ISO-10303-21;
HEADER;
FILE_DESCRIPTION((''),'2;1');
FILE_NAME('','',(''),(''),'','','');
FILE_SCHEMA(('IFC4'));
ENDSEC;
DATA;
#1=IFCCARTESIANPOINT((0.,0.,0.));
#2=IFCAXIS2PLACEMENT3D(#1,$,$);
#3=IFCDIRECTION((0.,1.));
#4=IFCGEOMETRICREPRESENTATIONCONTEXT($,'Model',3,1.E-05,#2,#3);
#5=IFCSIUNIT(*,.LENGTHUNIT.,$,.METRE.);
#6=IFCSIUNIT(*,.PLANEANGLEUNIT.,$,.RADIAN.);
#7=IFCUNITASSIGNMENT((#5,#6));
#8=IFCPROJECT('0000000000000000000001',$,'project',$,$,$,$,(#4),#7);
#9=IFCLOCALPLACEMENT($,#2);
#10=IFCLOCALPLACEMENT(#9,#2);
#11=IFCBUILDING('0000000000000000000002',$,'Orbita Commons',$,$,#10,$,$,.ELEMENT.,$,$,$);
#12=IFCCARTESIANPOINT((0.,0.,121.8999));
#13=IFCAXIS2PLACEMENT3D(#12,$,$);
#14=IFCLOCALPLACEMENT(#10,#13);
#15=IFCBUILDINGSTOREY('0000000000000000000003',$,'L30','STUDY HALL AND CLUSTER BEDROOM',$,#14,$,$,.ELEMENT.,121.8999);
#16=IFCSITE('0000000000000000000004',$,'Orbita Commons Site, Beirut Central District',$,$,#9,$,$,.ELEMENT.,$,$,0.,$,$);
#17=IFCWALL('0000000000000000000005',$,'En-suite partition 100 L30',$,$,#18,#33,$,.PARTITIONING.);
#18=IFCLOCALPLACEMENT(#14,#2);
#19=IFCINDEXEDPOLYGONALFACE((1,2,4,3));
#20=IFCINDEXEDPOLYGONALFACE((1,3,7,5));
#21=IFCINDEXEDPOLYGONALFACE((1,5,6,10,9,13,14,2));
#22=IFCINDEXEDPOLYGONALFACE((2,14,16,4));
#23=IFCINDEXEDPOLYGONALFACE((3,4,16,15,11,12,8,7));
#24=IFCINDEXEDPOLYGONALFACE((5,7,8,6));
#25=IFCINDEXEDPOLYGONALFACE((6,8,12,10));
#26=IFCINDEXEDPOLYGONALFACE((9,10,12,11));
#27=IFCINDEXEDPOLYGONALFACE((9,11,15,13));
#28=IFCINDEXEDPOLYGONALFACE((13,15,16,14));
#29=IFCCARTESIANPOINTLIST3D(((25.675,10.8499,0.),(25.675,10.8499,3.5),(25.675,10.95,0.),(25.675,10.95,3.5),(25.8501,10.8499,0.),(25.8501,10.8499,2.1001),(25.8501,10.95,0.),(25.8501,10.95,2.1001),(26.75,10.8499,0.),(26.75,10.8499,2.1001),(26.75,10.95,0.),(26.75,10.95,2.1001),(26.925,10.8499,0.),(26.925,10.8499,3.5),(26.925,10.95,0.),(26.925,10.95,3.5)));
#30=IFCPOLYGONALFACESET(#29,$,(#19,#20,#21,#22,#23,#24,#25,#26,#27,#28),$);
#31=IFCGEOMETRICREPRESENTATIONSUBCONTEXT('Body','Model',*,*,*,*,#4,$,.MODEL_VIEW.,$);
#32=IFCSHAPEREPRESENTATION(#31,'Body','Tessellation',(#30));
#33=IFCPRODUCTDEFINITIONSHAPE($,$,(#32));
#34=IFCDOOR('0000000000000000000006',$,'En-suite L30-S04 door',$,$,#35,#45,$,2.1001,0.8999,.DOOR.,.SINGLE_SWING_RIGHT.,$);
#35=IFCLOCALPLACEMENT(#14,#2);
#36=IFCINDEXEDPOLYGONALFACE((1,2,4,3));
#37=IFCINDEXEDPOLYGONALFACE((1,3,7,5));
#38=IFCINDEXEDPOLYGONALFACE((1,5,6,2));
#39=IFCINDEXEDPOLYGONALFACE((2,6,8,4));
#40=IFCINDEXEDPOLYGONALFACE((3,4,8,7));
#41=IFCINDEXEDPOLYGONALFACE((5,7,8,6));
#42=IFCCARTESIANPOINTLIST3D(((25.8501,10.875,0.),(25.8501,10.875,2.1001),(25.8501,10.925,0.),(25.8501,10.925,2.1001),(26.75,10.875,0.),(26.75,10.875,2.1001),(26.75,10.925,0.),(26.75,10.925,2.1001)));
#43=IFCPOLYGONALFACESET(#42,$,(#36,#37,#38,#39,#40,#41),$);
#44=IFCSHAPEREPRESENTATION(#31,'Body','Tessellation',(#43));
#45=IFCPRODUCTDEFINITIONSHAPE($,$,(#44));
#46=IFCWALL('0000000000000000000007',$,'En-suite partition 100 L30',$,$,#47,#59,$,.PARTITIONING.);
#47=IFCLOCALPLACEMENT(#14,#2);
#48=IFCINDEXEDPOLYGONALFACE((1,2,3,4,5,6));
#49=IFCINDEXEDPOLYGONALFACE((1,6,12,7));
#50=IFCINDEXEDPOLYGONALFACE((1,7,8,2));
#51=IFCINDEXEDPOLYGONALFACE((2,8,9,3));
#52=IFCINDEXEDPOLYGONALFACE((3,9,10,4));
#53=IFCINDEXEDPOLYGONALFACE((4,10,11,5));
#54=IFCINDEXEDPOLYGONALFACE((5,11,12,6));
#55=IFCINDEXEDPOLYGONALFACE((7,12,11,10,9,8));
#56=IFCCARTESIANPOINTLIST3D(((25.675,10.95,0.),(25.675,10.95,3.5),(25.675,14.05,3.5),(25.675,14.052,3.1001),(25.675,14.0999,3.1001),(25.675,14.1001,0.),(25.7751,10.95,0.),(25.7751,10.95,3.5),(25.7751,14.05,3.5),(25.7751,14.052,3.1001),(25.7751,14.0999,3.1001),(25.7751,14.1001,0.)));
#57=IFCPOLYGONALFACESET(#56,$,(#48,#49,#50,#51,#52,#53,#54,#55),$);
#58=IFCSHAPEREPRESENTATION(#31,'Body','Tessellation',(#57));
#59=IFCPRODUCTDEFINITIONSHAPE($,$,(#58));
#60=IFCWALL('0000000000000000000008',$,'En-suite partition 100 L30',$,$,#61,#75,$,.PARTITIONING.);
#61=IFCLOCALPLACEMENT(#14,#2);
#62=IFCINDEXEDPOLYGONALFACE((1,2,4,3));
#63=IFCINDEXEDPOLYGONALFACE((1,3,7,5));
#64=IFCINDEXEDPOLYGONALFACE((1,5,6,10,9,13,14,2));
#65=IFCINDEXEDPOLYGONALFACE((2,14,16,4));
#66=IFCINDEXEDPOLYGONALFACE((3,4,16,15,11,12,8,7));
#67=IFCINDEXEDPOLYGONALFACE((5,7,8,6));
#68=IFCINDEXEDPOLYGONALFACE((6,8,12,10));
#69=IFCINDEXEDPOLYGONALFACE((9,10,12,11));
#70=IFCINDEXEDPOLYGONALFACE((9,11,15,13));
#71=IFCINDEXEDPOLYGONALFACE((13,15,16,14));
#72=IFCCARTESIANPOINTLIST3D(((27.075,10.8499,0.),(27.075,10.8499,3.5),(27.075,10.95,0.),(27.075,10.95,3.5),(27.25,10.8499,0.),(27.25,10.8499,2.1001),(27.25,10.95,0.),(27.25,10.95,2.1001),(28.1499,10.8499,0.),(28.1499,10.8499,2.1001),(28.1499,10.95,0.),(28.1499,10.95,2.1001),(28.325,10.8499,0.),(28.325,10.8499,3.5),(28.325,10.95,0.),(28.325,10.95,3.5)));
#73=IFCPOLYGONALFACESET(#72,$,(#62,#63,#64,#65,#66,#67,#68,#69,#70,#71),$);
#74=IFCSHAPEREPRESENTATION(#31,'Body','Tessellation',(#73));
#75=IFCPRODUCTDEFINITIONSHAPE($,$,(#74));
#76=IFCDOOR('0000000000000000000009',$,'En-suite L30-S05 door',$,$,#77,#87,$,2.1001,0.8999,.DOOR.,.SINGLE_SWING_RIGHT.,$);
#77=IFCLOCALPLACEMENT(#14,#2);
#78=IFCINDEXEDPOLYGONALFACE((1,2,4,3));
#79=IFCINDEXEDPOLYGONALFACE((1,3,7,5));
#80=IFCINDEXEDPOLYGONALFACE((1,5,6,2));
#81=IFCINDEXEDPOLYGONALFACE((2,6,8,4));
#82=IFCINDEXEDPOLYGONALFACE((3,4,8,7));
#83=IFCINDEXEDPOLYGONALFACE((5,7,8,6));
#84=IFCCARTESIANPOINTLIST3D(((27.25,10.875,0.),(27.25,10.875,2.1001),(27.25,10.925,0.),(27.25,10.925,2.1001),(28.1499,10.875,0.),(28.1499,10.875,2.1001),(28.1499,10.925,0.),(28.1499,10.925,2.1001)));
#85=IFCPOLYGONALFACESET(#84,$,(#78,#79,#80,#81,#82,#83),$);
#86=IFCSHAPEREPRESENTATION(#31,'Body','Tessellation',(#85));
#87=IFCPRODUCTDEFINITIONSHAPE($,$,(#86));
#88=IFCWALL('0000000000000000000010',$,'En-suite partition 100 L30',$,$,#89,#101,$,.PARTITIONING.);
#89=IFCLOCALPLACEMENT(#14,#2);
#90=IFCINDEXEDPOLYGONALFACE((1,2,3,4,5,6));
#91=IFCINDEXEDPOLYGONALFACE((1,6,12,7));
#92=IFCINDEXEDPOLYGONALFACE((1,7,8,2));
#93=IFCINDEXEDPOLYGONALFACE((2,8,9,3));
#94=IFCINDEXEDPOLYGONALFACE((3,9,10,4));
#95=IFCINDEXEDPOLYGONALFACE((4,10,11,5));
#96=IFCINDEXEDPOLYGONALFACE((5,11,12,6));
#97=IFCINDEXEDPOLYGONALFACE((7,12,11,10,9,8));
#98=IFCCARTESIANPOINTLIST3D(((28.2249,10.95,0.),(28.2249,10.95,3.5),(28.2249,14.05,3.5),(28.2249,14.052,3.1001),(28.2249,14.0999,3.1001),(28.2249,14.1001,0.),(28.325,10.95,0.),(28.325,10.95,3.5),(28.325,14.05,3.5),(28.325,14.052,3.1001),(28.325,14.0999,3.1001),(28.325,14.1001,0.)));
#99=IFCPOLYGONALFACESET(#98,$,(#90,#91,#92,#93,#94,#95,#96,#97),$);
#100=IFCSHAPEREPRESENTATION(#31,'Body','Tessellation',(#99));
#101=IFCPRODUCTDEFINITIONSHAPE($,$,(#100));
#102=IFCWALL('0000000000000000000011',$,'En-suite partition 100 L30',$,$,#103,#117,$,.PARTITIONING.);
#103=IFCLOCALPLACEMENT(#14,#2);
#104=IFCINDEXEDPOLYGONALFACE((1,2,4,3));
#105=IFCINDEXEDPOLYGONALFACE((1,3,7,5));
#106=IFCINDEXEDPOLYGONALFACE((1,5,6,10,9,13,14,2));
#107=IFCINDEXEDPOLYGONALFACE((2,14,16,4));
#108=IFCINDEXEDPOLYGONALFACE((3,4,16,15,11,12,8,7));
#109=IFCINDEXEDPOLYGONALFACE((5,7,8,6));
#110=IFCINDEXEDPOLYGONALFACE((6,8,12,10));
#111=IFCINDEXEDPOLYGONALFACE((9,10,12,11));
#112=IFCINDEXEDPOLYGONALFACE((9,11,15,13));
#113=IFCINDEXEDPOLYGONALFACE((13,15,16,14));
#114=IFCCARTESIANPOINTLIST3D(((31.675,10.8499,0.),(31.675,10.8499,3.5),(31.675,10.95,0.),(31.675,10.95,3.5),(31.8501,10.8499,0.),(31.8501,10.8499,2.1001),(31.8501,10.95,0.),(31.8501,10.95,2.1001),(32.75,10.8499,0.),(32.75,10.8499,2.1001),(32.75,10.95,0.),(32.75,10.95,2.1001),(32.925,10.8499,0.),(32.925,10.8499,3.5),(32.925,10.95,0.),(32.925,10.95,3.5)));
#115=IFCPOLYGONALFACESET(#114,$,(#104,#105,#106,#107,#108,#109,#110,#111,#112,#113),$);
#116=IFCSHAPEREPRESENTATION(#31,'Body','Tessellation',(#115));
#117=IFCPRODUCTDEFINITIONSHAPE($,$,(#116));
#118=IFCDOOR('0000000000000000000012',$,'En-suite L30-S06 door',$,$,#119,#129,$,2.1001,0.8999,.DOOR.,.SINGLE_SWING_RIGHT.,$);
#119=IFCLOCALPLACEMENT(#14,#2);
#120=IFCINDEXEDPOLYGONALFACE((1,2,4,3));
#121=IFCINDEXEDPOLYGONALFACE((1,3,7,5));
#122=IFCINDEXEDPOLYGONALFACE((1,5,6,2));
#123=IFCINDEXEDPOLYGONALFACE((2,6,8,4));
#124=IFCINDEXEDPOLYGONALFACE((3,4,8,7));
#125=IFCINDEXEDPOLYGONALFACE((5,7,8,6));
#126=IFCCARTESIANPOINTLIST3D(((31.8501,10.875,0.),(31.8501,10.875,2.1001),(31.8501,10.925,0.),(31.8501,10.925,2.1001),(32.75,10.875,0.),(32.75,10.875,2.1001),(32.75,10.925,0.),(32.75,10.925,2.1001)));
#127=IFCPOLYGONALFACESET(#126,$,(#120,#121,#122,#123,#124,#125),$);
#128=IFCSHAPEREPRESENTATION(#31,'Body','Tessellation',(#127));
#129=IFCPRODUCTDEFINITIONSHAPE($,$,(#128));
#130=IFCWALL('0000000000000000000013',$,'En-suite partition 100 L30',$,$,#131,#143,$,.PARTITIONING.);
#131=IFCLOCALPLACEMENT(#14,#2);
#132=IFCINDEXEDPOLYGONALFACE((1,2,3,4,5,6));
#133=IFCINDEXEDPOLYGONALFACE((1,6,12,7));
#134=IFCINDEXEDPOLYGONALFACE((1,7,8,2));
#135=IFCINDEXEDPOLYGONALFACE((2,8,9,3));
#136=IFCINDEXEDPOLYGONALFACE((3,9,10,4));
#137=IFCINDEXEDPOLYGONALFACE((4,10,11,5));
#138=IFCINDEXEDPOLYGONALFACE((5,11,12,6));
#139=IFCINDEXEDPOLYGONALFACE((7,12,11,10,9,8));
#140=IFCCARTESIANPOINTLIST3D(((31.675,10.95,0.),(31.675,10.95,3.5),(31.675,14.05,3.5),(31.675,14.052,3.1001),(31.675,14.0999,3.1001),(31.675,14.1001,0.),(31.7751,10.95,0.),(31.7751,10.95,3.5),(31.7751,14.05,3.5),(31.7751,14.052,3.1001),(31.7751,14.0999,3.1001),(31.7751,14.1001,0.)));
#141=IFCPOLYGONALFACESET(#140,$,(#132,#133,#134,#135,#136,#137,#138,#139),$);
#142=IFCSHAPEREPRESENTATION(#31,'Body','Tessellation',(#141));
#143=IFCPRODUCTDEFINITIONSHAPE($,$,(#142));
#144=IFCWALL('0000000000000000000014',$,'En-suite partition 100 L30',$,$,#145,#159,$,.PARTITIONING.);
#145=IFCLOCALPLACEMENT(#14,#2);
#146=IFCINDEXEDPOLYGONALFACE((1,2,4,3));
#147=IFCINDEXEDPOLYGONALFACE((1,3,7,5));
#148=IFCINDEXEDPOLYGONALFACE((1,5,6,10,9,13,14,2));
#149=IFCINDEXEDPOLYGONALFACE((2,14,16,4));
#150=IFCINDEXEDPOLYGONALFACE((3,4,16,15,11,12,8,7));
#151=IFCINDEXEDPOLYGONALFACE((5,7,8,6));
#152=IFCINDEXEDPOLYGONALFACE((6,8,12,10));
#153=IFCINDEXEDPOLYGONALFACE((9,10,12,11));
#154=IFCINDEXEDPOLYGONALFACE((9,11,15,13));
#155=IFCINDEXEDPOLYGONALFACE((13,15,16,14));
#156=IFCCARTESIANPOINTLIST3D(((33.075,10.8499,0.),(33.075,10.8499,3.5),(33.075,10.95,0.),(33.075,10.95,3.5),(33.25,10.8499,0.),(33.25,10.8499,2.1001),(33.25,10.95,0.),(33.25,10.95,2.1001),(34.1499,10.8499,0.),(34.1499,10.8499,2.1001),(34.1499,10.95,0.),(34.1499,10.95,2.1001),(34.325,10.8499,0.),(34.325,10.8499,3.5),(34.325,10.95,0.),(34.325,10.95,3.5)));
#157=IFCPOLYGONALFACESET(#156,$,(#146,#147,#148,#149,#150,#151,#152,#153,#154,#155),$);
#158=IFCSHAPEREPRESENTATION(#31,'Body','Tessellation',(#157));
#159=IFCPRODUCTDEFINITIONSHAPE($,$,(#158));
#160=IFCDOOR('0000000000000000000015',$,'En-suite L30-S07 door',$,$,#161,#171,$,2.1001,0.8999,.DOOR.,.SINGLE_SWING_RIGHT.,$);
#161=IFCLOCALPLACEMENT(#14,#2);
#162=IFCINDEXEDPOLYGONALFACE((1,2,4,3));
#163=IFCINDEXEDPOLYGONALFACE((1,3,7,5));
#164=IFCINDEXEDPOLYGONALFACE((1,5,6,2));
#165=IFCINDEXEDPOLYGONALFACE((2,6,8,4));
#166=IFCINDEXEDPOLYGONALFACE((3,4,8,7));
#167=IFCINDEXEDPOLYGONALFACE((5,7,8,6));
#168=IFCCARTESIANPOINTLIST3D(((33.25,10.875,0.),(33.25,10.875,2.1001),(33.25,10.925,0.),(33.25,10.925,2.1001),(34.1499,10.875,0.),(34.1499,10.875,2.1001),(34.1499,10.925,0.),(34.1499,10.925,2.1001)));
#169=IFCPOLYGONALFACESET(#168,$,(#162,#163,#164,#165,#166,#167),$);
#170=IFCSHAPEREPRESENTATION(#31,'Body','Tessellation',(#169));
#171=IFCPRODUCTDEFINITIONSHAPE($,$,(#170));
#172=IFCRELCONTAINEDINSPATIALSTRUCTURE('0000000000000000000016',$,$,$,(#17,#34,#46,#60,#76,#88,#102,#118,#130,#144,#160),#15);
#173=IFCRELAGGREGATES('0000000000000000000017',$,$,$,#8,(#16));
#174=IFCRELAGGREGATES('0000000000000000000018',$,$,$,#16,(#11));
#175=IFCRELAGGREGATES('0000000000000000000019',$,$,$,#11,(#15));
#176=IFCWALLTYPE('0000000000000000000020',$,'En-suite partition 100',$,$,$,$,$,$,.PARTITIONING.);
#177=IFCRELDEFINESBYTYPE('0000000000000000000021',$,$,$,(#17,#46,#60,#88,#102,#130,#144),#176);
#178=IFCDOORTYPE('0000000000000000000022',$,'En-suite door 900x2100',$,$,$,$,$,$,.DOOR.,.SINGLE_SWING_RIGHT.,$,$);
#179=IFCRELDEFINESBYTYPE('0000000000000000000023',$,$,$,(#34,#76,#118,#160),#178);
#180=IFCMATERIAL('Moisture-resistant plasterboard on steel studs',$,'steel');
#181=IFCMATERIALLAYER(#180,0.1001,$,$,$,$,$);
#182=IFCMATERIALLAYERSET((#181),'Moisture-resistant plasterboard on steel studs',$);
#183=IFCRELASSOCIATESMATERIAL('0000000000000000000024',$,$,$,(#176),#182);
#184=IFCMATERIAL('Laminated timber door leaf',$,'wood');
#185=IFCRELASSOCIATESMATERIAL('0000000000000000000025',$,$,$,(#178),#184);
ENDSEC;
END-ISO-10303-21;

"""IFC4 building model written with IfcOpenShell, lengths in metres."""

from ifc_helpers import new_model, si_unit, direction, frame, frame_2d, origin, place, context, subcontext, project, spatial, polyline, rectangle, outline, extrude, material, layer, layer_set, type_object, element, fill, save


model = new_model("IFC4")

# Units and contexts
model_context = context("Model", 3, precision=1e-05, world=origin(), true_north=direction((0.0, 1.0)))
body_context = subcontext(model_context, "Body", "Model", "MODEL_VIEW")
ifc_project = project(units=[si_unit("LENGTHUNIT", "METRE"), si_unit("PLANEANGLEUNIT", "RADIAN")], contexts=[model_context])

# Site, building, storey
site_placement = place(None, origin())
site = spatial("IfcSite", under=ifc_project, at=site_placement, Name="Orbita Commons Site, Beirut Central District", CompositionType="ELEMENT", RefElevation=0.0)
building_placement = place(site_placement, origin())
building = spatial("IfcBuilding", under=site, at=building_placement, Name="Orbita Commons", CompositionType="ELEMENT")
storey_placement = place(building_placement, frame((0.0, 0.0, 121.8999)))
storey = spatial("IfcBuildingStorey", under=building, at=storey_placement, Name="L30", Description="STUDY HALL AND CLUSTER BEDROOM", CompositionType="ELEMENT", Elevation=121.8999)

# Wall, opening, door
ifc_material_1 = material(Name="Moisture-resistant plasterboard on steel studs", Category="steel")
ifc_layer_1 = layer(ifc_material_1, 0.1001)
ifc_layer_set_1 = layer_set([ifc_layer_1], Name="Moisture-resistant plasterboard on steel studs")
wall_type_1 = type_object("IfcWallType", Name="En-suite partition 100", PredefinedType="PARTITIONING", material=ifc_layer_set_1)
wall_1_placement = place(storey_placement, frame((26.925, 10.8999, 0.0), z_axis=(0.0, 0.0, 1.0), x_axis=(-1.0, 0.0, 0.0)))
wall_1 = element("IfcWall", 1, at=wall_1_placement, inside=storey, type_object=wall_type_1, Name="En-suite partition 100 L30", PredefinedType="PARTITIONING", context=body_context, shape_type="SweptSolid", body=[
    extrude(rectangle(XDim=1.25, YDim=0.1001, at=frame_2d((0.625, 0.0))), origin(), (0.0, 0.0, 1.0), 3.5),
])
opening_1_placement = place(wall_1_placement, frame((0.175, 0.0, 0.0)))
opening_1 = element("IfcOpeningElement", 2, at=opening_1_placement, cuts=wall_1, PredefinedType="OPENING", context=body_context, shape_type="SweptSolid", body=[
    extrude(rectangle(XDim=0.8999, YDim=2.1001, at=frame_2d((0.45, 1.05))), frame((0.0, 0.0601, 0.0), z_axis=(0.0, -1.0, 0.0), x_axis=(1.0, 0.0, 0.0)), (0.0, 0.0, 1.0), 0.1201),
])
ifc_material_2 = material(Name="Laminated timber door leaf", Category="wood")
door_type_1 = type_object("IfcDoorType", Name="En-suite door 900x2100", OperationType="SINGLE_SWING_RIGHT", PredefinedType="DOOR", material=ifc_material_2)
door_1_placement = place(opening_1_placement, origin())
door_1 = element("IfcDoor", 3, at=door_1_placement, inside=storey, type_object=door_type_1, Name="En-suite L30-S04 door", OperationType="SINGLE_SWING_RIGHT", OverallHeight=2.1001, OverallWidth=0.8999, PredefinedType="DOOR", context=body_context, shape_type="SweptSolid", body=[
    extrude(rectangle(XDim=0.8999, YDim=2.1001, at=frame_2d((0.45, 1.05))), frame((0.0, 0.0249, 0.0), z_axis=(0.0, -1.0, 0.0), x_axis=(1.0, 0.0, 0.0)), (0.0, 0.0, 1.0), 0.05),
])
fill(opening_1, door_1)

# Wall
wall_2_placement = place(storey_placement, frame((25.7251, 10.95, 0.0), z_axis=(0.0, 0.0, 1.0), x_axis=(0.0, 1.0, 0.0)))
element("IfcWall", 4, at=wall_2_placement, inside=storey, type_object=wall_type_1, Name="En-suite partition 100 L30", PredefinedType="PARTITIONING", context=body_context, shape_type="SweptSolid", body=[
    extrude(outline(polyline([(0.0, 0.0), (3.1501, 0.0), (3.1499, 3.1001), (3.1021, 3.1001), (3.1001, 3.5), (0.0, 3.5), (0.0, 0.0)])), frame((0.0, 0.05, 0.0), z_axis=(0.0, -1.0, 0.0), x_axis=(1.0, 0.0, 0.0)), (0.0, 0.0, 1.0), 0.1001),
])

# Wall, opening, door
wall_3_placement = place(storey_placement, frame((28.325, 10.8999, 0.0), z_axis=(0.0, 0.0, 1.0), x_axis=(-1.0, 0.0, 0.0)))
wall_3 = element("IfcWall", 5, at=wall_3_placement, inside=storey, type_object=wall_type_1, Name="En-suite partition 100 L30", PredefinedType="PARTITIONING", context=body_context, shape_type="SweptSolid", body=[
    extrude(rectangle(XDim=1.25, YDim=0.1001, at=frame_2d((0.625, 0.0))), origin(), (0.0, 0.0, 1.0), 3.5),
])
opening_2_placement = place(wall_3_placement, frame((0.175, 0.0, 0.0)))
opening_2 = element("IfcOpeningElement", 6, at=opening_2_placement, cuts=wall_3, PredefinedType="OPENING", context=body_context, shape_type="SweptSolid", body=[
    extrude(rectangle(XDim=0.8999, YDim=2.1001, at=frame_2d((0.45, 1.05))), frame((0.0, 0.0601, 0.0), z_axis=(0.0, -1.0, 0.0), x_axis=(1.0, 0.0, 0.0)), (0.0, 0.0, 1.0), 0.1201),
])
door_2_placement = place(opening_2_placement, origin())
door_2 = element("IfcDoor", 7, at=door_2_placement, inside=storey, type_object=door_type_1, Name="En-suite L30-S05 door", OperationType="SINGLE_SWING_RIGHT", OverallHeight=2.1001, OverallWidth=0.8999, PredefinedType="DOOR", context=body_context, shape_type="SweptSolid", body=[
    extrude(rectangle(XDim=0.8999, YDim=2.1001, at=frame_2d((0.45, 1.05))), frame((0.0, 0.0249, 0.0), z_axis=(0.0, -1.0, 0.0), x_axis=(1.0, 0.0, 0.0)), (0.0, 0.0, 1.0), 0.05),
])
fill(opening_2, door_2)

# Wall
wall_4_placement = place(storey_placement, frame((28.2749, 10.95, 0.0), z_axis=(0.0, 0.0, 1.0), x_axis=(0.0, 1.0, 0.0)))
element("IfcWall", 8, at=wall_4_placement, inside=storey, type_object=wall_type_1, Name="En-suite partition 100 L30", PredefinedType="PARTITIONING", context=body_context, shape_type="SweptSolid", body=[
    extrude(outline(polyline([(0.0, 0.0), (3.1501, 0.0), (3.1499, 3.1001), (3.1021, 3.1001), (3.1001, 3.5), (0.0, 3.5), (0.0, 0.0)])), frame((0.0, 0.05, 0.0), z_axis=(0.0, -1.0, 0.0), x_axis=(1.0, 0.0, 0.0)), (0.0, 0.0, 1.0), 0.1001),
])

# Wall, opening, door
wall_5_placement = place(storey_placement, frame((32.925, 10.8999, 0.0), z_axis=(0.0, 0.0, 1.0), x_axis=(-1.0, 0.0, 0.0)))
wall_5 = element("IfcWall", 9, at=wall_5_placement, inside=storey, type_object=wall_type_1, Name="En-suite partition 100 L30", PredefinedType="PARTITIONING", context=body_context, shape_type="SweptSolid", body=[
    extrude(rectangle(XDim=1.25, YDim=0.1001, at=frame_2d((0.625, 0.0))), origin(), (0.0, 0.0, 1.0), 3.5),
])
opening_3_placement = place(wall_5_placement, frame((0.175, 0.0, 0.0)))
opening_3 = element("IfcOpeningElement", 10, at=opening_3_placement, cuts=wall_5, PredefinedType="OPENING", context=body_context, shape_type="SweptSolid", body=[
    extrude(rectangle(XDim=0.8999, YDim=2.1001, at=frame_2d((0.45, 1.05))), frame((0.0, 0.0601, 0.0), z_axis=(0.0, -1.0, 0.0), x_axis=(1.0, 0.0, 0.0)), (0.0, 0.0, 1.0), 0.1201),
])
door_3_placement = place(opening_3_placement, origin())
door_3 = element("IfcDoor", 11, at=door_3_placement, inside=storey, type_object=door_type_1, Name="En-suite L30-S06 door", OperationType="SINGLE_SWING_RIGHT", OverallHeight=2.1001, OverallWidth=0.8999, PredefinedType="DOOR", context=body_context, shape_type="SweptSolid", body=[
    extrude(rectangle(XDim=0.8999, YDim=2.1001, at=frame_2d((0.45, 1.05))), frame((0.0, 0.0249, 0.0), z_axis=(0.0, -1.0, 0.0), x_axis=(1.0, 0.0, 0.0)), (0.0, 0.0, 1.0), 0.05),
])
fill(opening_3, door_3)

# Wall
wall_6_placement = place(storey_placement, frame((31.7251, 10.95, 0.0), z_axis=(0.0, 0.0, 1.0), x_axis=(0.0, 1.0, 0.0)))
element("IfcWall", 12, at=wall_6_placement, inside=storey, type_object=wall_type_1, Name="En-suite partition 100 L30", PredefinedType="PARTITIONING", context=body_context, shape_type="SweptSolid", body=[
    extrude(outline(polyline([(0.0, 0.0), (3.1501, 0.0), (3.1499, 3.1001), (3.1021, 3.1001), (3.1001, 3.5), (0.0, 3.5), (0.0, 0.0)])), frame((0.0, 0.05, 0.0), z_axis=(0.0, -1.0, 0.0), x_axis=(1.0, 0.0, 0.0)), (0.0, 0.0, 1.0), 0.1001),
])

# Wall, opening, door
wall_7_placement = place(storey_placement, frame((34.325, 10.8999, 0.0), z_axis=(0.0, 0.0, 1.0), x_axis=(-1.0, 0.0, 0.0)))
wall_7 = element("IfcWall", 13, at=wall_7_placement, inside=storey, type_object=wall_type_1, Name="En-suite partition 100 L30", PredefinedType="PARTITIONING", context=body_context, shape_type="SweptSolid", body=[
    extrude(rectangle(XDim=1.25, YDim=0.1001, at=frame_2d((0.625, 0.0))), origin(), (0.0, 0.0, 1.0), 3.5),
])
opening_4_placement = place(wall_7_placement, frame((0.175, 0.0, 0.0)))
opening_4 = element("IfcOpeningElement", 14, at=opening_4_placement, cuts=wall_7, PredefinedType="OPENING", context=body_context, shape_type="SweptSolid", body=[
    extrude(rectangle(XDim=0.8999, YDim=2.1001, at=frame_2d((0.45, 1.05))), frame((0.0, 0.0601, 0.0), z_axis=(0.0, -1.0, 0.0), x_axis=(1.0, 0.0, 0.0)), (0.0, 0.0, 1.0), 0.1201),
])
door_4_placement = place(opening_4_placement, origin())
door_4 = element("IfcDoor", 15, at=door_4_placement, inside=storey, type_object=door_type_1, Name="En-suite L30-S07 door", OperationType="SINGLE_SWING_RIGHT", OverallHeight=2.1001, OverallWidth=0.8999, PredefinedType="DOOR", context=body_context, shape_type="SweptSolid", body=[
    extrude(rectangle(XDim=0.8999, YDim=2.1001, at=frame_2d((0.45, 1.05))), frame((0.0, 0.0249, 0.0), z_axis=(0.0, -1.0, 0.0), x_axis=(1.0, 0.0, 0.0)), (0.0, 0.0, 1.0), 0.05),
])
fill(opening_4, door_4)

save(model, "model.ifc")
